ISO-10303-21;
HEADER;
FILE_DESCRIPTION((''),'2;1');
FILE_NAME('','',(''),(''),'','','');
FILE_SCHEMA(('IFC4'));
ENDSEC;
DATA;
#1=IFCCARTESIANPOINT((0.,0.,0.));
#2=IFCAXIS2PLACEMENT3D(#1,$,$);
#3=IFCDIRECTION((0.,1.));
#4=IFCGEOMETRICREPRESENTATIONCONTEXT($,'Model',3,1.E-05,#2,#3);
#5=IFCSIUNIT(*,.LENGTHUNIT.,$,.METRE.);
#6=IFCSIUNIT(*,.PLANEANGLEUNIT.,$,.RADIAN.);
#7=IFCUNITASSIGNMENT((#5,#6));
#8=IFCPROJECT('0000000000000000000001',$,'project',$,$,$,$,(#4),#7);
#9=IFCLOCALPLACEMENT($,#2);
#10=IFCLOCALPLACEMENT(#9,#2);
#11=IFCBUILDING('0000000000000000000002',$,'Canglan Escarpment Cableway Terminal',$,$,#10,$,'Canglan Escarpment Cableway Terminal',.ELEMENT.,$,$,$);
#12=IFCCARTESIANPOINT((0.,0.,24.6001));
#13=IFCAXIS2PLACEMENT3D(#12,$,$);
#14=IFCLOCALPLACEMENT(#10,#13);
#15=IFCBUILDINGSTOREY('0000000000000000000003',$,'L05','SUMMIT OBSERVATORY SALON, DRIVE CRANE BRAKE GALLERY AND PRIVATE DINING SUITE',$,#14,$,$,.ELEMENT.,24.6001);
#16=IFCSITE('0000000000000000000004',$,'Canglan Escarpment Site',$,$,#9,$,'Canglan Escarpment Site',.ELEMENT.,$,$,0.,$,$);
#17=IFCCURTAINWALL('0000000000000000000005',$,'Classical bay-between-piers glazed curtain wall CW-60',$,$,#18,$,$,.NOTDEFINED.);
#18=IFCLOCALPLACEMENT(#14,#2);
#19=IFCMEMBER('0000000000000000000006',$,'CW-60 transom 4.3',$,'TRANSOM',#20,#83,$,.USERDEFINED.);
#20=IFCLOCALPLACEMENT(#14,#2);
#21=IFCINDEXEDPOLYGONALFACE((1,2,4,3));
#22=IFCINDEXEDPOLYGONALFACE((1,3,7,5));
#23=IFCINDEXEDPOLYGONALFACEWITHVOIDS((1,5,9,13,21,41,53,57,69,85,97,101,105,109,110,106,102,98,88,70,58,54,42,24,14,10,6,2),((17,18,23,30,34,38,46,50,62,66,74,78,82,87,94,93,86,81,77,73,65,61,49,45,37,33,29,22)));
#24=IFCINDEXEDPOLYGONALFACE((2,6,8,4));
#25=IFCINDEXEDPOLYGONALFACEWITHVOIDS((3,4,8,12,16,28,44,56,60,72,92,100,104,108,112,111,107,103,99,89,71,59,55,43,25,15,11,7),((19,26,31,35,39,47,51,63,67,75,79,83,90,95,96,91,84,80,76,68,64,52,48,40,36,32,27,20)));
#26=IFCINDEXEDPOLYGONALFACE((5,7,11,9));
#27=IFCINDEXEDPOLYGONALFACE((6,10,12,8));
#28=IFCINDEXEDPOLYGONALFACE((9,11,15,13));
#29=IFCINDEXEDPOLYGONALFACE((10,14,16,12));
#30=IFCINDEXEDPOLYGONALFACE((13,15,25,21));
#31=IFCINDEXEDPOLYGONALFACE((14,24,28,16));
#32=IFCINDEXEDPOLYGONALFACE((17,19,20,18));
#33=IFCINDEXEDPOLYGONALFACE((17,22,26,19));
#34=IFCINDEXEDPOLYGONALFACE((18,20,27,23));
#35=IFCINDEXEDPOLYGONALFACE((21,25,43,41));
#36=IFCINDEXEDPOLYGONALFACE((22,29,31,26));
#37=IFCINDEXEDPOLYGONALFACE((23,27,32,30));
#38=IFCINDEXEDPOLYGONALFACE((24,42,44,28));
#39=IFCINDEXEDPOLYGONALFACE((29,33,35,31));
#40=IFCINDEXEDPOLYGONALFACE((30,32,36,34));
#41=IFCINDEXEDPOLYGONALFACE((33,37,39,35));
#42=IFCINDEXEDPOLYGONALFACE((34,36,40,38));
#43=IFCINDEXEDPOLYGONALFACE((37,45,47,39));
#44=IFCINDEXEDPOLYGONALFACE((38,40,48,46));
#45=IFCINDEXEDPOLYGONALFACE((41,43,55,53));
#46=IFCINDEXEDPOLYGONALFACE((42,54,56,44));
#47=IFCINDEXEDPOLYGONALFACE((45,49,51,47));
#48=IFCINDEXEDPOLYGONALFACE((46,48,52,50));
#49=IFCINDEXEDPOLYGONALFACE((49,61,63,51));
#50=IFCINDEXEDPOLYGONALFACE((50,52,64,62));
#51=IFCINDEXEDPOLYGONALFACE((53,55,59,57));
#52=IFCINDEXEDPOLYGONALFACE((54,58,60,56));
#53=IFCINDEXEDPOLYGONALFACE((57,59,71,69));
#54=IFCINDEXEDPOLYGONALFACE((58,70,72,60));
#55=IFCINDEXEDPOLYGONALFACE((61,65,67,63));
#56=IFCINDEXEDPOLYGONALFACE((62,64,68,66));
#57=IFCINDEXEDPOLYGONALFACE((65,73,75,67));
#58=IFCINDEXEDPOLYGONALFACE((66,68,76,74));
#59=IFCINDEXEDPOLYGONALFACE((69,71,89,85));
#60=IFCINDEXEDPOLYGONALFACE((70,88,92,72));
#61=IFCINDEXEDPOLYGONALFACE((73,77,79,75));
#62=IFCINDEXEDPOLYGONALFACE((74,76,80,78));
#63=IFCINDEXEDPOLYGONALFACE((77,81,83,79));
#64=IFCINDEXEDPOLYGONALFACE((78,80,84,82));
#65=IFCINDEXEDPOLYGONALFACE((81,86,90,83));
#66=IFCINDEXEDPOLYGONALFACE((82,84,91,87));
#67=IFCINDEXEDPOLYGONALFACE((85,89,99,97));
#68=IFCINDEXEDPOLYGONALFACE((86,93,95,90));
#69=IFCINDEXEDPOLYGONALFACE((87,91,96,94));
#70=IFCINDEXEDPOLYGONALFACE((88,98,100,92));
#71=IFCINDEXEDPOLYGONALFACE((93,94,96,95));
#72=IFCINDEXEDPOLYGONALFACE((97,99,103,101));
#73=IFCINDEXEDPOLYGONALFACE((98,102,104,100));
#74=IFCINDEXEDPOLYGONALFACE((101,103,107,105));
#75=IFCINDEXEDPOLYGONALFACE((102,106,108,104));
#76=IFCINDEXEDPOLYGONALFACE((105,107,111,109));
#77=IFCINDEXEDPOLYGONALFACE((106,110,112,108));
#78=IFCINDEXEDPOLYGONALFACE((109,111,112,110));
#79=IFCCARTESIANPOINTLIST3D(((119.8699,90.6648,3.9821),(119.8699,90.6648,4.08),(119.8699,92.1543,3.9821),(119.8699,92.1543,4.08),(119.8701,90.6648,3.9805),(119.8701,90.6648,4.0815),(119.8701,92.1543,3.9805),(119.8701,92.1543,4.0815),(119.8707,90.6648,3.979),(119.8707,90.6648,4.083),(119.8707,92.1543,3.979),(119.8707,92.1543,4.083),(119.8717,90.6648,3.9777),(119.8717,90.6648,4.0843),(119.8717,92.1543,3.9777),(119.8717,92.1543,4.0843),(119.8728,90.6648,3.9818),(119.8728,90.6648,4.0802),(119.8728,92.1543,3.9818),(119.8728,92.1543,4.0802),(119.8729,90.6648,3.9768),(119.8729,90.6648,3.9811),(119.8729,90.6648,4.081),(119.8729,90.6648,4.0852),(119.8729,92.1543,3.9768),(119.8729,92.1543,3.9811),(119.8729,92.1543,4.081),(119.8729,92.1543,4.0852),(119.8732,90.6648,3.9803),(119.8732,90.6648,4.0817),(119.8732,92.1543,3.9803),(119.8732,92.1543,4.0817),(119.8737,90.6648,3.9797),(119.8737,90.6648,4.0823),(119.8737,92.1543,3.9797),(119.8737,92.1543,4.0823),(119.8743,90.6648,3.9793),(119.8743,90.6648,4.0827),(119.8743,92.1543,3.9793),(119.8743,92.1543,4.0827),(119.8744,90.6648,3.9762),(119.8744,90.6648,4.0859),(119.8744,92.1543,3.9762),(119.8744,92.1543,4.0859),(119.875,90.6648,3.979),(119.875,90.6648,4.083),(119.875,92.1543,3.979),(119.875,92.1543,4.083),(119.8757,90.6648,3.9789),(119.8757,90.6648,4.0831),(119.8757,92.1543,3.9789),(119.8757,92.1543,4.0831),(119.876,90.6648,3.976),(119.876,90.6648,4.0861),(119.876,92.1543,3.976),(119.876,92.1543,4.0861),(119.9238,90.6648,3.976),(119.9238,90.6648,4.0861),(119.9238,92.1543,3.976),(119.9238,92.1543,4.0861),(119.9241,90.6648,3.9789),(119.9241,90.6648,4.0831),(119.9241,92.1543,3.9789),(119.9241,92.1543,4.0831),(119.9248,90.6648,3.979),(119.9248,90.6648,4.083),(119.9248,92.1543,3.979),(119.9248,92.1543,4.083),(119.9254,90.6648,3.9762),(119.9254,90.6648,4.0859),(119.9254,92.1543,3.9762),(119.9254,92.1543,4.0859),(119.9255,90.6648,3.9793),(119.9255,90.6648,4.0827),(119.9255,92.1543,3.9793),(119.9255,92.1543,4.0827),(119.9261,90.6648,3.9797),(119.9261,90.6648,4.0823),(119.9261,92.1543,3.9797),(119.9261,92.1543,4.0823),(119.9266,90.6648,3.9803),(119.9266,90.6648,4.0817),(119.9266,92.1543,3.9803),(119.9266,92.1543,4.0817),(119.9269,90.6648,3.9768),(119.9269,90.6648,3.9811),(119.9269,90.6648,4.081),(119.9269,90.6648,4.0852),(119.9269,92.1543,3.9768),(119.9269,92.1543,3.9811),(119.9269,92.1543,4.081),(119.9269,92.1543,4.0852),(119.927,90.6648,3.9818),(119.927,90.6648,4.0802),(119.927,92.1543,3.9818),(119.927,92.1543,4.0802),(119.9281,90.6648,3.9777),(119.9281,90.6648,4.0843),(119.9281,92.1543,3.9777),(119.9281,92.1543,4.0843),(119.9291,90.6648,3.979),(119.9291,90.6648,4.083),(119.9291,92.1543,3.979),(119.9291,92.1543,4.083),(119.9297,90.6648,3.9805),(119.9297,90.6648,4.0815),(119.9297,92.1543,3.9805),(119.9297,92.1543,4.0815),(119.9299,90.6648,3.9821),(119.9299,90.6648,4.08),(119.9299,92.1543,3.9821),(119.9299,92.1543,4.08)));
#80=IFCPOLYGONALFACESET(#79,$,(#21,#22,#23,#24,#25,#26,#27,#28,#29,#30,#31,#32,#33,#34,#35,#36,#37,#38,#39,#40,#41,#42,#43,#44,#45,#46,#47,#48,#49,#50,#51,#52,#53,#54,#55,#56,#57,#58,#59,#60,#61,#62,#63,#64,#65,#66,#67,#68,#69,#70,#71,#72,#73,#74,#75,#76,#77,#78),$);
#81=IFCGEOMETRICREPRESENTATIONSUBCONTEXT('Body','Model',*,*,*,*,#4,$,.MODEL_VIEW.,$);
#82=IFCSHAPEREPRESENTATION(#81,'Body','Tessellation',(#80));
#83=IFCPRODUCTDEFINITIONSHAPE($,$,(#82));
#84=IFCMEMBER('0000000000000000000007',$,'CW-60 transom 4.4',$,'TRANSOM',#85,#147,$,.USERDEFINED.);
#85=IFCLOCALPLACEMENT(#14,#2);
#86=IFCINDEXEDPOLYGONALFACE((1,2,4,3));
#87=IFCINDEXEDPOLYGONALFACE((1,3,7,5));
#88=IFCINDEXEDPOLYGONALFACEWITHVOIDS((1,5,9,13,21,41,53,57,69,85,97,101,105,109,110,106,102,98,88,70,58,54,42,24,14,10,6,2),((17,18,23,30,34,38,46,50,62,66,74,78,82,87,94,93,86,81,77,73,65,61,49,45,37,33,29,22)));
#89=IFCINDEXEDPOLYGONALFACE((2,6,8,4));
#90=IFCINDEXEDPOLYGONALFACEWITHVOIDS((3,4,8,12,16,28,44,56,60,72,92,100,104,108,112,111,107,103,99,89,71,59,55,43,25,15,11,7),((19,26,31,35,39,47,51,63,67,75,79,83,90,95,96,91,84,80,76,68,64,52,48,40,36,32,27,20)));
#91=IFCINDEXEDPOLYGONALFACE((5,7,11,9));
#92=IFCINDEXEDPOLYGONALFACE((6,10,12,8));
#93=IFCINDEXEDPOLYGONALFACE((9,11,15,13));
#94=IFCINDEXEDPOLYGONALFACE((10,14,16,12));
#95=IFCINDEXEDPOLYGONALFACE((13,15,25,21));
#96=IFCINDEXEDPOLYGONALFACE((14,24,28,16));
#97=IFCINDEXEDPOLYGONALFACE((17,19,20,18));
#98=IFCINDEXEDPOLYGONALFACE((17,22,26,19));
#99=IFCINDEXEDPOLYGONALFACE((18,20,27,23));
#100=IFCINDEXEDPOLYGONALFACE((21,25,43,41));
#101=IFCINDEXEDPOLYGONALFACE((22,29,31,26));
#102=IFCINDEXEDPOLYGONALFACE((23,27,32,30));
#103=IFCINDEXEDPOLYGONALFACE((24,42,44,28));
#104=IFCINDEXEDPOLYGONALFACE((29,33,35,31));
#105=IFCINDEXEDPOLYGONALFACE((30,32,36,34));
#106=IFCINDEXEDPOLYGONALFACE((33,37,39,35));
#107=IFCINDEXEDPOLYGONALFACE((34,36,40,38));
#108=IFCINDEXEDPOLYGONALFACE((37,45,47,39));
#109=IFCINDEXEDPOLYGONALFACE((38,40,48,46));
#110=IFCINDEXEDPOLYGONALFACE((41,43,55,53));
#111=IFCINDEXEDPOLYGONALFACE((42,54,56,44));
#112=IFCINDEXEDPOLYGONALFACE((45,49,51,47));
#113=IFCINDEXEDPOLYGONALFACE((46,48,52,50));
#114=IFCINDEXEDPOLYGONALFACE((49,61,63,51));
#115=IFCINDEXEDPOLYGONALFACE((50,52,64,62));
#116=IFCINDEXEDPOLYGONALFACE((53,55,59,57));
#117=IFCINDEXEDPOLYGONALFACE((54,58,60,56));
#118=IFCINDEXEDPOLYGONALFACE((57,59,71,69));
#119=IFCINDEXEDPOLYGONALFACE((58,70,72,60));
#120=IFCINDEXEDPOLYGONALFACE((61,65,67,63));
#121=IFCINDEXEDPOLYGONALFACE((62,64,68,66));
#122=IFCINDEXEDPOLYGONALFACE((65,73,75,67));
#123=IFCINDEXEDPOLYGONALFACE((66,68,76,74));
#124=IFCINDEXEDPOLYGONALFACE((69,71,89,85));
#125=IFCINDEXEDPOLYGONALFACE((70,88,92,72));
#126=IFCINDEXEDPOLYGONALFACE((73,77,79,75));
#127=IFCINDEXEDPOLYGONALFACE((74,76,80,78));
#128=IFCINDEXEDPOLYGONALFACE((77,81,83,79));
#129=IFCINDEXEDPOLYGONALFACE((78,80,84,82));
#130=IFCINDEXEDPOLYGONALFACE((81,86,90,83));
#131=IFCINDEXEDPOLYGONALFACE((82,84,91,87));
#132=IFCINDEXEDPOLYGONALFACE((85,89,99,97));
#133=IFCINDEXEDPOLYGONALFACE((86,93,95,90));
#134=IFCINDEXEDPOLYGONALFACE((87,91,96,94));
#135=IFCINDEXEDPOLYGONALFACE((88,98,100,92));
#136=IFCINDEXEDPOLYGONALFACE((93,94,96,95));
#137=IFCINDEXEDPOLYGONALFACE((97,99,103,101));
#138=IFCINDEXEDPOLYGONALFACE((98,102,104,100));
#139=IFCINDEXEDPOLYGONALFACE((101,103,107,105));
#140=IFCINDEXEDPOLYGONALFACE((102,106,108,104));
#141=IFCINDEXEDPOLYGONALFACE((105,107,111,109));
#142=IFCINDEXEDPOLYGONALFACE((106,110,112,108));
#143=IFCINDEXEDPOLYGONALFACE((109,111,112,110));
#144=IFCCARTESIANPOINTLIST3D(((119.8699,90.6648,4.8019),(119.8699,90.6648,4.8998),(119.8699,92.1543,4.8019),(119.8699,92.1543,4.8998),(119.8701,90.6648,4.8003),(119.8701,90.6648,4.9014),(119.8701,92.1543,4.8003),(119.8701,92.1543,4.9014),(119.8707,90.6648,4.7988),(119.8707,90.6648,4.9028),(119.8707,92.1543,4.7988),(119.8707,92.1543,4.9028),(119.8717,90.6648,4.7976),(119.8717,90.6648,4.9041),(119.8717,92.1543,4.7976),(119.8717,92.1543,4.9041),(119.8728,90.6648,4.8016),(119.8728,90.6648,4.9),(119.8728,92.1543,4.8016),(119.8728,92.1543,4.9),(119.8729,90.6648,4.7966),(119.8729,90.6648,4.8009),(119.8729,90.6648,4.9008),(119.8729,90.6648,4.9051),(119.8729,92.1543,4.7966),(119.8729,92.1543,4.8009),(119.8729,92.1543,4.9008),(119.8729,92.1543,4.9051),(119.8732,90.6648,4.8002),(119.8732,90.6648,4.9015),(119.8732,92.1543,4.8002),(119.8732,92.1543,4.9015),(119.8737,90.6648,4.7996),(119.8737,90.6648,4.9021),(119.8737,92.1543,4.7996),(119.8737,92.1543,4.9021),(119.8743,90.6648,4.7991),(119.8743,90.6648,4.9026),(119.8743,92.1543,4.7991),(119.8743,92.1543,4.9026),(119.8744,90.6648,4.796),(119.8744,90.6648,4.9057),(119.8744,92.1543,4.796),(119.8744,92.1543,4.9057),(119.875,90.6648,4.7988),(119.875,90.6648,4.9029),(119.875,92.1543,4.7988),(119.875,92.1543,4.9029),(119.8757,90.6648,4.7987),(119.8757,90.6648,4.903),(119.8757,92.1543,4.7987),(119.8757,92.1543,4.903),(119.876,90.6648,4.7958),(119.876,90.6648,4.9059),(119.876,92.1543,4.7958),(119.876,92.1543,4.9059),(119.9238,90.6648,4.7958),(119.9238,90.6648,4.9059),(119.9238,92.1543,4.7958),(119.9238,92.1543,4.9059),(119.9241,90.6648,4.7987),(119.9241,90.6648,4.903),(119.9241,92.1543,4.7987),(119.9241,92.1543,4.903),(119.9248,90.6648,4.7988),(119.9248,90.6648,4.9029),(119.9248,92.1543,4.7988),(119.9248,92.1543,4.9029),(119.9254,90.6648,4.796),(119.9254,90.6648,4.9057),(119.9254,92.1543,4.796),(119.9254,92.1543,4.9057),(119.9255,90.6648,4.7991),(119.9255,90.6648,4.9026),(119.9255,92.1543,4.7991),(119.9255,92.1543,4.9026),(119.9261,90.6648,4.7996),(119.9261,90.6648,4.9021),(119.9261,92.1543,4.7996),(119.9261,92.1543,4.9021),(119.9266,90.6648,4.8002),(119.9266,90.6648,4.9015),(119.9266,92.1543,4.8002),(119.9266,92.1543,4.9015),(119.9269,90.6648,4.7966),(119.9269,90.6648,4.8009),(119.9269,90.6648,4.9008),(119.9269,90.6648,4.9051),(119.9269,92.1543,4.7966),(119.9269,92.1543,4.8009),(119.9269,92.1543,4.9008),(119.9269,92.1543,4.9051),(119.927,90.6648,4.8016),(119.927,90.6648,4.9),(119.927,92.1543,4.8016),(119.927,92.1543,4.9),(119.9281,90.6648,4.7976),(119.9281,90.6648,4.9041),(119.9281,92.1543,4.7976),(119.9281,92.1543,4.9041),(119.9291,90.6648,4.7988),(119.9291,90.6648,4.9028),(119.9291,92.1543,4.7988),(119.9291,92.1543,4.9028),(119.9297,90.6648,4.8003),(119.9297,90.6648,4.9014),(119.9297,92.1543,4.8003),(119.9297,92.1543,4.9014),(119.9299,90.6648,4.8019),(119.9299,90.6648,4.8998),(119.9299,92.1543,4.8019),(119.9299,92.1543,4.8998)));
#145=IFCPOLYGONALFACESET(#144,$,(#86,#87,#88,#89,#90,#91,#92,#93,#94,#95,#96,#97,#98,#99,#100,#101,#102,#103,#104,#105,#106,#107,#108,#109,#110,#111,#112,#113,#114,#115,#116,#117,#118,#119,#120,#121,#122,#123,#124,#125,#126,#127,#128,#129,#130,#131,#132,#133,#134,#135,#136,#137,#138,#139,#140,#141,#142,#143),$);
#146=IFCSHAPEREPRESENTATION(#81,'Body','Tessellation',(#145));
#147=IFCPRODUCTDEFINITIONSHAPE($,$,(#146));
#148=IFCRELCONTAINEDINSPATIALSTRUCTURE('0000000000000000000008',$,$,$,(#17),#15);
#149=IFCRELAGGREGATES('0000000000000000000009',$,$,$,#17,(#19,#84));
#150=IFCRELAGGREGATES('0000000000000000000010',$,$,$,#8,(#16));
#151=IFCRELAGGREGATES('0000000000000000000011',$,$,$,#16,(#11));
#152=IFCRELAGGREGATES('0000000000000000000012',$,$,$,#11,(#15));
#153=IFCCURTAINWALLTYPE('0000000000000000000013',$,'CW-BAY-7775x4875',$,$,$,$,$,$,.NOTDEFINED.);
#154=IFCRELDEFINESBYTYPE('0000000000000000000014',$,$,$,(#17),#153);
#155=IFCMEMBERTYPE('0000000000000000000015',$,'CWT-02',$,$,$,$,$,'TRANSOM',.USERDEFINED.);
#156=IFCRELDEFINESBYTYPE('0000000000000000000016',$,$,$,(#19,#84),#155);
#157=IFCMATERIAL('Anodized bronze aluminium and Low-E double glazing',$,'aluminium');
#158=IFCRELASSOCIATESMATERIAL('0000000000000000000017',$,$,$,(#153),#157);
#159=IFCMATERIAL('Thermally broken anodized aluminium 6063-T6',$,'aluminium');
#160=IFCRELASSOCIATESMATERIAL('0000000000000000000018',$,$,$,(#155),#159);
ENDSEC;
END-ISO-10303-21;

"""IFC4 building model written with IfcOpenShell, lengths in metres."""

from ifc_helpers import new_model, si_unit, direction, frame, origin, origin_2d, place, context, subcontext, project, spatial, hollow_rectangle, extrude, material, material_profile, profile_set, type_object, element, aggregate, save


model = new_model("IFC4")

# Units and contexts
model_context = context("Model", 3, precision=1e-05, world=origin(), true_north=direction((0.0, 1.0)))
body_context = subcontext(model_context, "Body", "Model", "MODEL_VIEW")
ifc_project = project(units=[si_unit("LENGTHUNIT", "METRE"), si_unit("PLANEANGLEUNIT", "RADIAN")], contexts=[model_context])

# Site, building, storey
site_placement = place(None, origin())
site = spatial("IfcSite", under=ifc_project, at=site_placement, Name="Canglan Escarpment Site", LongName="Canglan Escarpment Site", CompositionType="ELEMENT", RefElevation=0.0)
building_placement = place(site_placement, origin())
building = spatial("IfcBuilding", under=site, at=building_placement, Name="Canglan Escarpment Cableway Terminal", LongName="Canglan Escarpment Cableway Terminal", CompositionType="ELEMENT")
storey_placement = place(building_placement, frame((0.0, 0.0, 24.6001)))
storey = spatial("IfcBuildingStorey", under=building, at=storey_placement, Name="L05", Description="SUMMIT OBSERVATORY SALON, DRIVE CRANE BRAKE GALLERY AND PRIVATE DINING SUITE", CompositionType="ELEMENT", Elevation=24.6001)

# Shared definitions
ifc_material_1 = material(Name="Anodized bronze aluminium and Low-E double glazing", Category="aluminium")
ifc_material_2 = material(Name="Thermally broken anodized aluminium 6063-T6", Category="aluminium")

# Curtain wall, members
curtain_wall_type_1 = type_object("IfcCurtainWallType", Name="CW-BAY-7775x4875", PredefinedType="NOTDEFINED", material=ifc_material_1)
curtain_wall_1_placement = place(storey_placement, origin())
curtain_wall_1 = element("IfcCurtainWall", 1, at=curtain_wall_1_placement, inside=storey, type_object=curtain_wall_type_1, Name="Classical bay-between-piers glazed curtain wall CW-60", PredefinedType="NOTDEFINED")
ifc_material_profile_1 = material_profile(ifc_material_2, hollow_rectangle(XDim=0.0601, YDim=0.1101, WallThickness=0.0029, InnerFilletRadius=0.0029, OuterFilletRadius=0.0061, at=origin_2d()), Name="ALU-TRAN 60x110x3")
ifc_profile_set_1 = profile_set([ifc_material_profile_1], Name="Thermally broken anodized aluminium 6063-T6")
member_type_1 = type_object("IfcMemberType", Name="CWT-02", ElementType="TRANSOM", PredefinedType="USERDEFINED", material=ifc_profile_set_1)
member_1_placement = place(storey_placement, frame((119.8999, 92.1543, 4.031), z_axis=(0.0, -1.0, 0.0), x_axis=(1.0, 0.0, 0.0)))
member_1 = element("IfcMember", 2, at=member_1_placement, type_object=member_type_1, Name="CW-60 transom 4.3", ObjectType="TRANSOM", PredefinedType="USERDEFINED", context=body_context, shape_type="SweptSolid", body=[
    extrude(hollow_rectangle(XDim=0.0601, YDim=0.1101, WallThickness=0.0029, InnerFilletRadius=0.0029, OuterFilletRadius=0.0061, at=origin_2d()), origin(), (0.0, 0.0, 1.0), 1.4895),
])
member_2_placement = place(storey_placement, frame((119.8999, 92.1543, 4.8508), z_axis=(0.0, -1.0, 0.0), x_axis=(1.0, 0.0, 0.0)))
member_2 = element("IfcMember", 3, at=member_2_placement, type_object=member_type_1, Name="CW-60 transom 4.4", ObjectType="TRANSOM", PredefinedType="USERDEFINED", context=body_context, shape_type="SweptSolid", body=[
    extrude(hollow_rectangle(XDim=0.0601, YDim=0.1101, WallThickness=0.0029, InnerFilletRadius=0.0029, OuterFilletRadius=0.0061, at=origin_2d()), origin(), (0.0, 0.0, 1.0), 1.4895),
])
aggregate(curtain_wall_1, [member_1, member_2])

save(model, "model.ifc")
